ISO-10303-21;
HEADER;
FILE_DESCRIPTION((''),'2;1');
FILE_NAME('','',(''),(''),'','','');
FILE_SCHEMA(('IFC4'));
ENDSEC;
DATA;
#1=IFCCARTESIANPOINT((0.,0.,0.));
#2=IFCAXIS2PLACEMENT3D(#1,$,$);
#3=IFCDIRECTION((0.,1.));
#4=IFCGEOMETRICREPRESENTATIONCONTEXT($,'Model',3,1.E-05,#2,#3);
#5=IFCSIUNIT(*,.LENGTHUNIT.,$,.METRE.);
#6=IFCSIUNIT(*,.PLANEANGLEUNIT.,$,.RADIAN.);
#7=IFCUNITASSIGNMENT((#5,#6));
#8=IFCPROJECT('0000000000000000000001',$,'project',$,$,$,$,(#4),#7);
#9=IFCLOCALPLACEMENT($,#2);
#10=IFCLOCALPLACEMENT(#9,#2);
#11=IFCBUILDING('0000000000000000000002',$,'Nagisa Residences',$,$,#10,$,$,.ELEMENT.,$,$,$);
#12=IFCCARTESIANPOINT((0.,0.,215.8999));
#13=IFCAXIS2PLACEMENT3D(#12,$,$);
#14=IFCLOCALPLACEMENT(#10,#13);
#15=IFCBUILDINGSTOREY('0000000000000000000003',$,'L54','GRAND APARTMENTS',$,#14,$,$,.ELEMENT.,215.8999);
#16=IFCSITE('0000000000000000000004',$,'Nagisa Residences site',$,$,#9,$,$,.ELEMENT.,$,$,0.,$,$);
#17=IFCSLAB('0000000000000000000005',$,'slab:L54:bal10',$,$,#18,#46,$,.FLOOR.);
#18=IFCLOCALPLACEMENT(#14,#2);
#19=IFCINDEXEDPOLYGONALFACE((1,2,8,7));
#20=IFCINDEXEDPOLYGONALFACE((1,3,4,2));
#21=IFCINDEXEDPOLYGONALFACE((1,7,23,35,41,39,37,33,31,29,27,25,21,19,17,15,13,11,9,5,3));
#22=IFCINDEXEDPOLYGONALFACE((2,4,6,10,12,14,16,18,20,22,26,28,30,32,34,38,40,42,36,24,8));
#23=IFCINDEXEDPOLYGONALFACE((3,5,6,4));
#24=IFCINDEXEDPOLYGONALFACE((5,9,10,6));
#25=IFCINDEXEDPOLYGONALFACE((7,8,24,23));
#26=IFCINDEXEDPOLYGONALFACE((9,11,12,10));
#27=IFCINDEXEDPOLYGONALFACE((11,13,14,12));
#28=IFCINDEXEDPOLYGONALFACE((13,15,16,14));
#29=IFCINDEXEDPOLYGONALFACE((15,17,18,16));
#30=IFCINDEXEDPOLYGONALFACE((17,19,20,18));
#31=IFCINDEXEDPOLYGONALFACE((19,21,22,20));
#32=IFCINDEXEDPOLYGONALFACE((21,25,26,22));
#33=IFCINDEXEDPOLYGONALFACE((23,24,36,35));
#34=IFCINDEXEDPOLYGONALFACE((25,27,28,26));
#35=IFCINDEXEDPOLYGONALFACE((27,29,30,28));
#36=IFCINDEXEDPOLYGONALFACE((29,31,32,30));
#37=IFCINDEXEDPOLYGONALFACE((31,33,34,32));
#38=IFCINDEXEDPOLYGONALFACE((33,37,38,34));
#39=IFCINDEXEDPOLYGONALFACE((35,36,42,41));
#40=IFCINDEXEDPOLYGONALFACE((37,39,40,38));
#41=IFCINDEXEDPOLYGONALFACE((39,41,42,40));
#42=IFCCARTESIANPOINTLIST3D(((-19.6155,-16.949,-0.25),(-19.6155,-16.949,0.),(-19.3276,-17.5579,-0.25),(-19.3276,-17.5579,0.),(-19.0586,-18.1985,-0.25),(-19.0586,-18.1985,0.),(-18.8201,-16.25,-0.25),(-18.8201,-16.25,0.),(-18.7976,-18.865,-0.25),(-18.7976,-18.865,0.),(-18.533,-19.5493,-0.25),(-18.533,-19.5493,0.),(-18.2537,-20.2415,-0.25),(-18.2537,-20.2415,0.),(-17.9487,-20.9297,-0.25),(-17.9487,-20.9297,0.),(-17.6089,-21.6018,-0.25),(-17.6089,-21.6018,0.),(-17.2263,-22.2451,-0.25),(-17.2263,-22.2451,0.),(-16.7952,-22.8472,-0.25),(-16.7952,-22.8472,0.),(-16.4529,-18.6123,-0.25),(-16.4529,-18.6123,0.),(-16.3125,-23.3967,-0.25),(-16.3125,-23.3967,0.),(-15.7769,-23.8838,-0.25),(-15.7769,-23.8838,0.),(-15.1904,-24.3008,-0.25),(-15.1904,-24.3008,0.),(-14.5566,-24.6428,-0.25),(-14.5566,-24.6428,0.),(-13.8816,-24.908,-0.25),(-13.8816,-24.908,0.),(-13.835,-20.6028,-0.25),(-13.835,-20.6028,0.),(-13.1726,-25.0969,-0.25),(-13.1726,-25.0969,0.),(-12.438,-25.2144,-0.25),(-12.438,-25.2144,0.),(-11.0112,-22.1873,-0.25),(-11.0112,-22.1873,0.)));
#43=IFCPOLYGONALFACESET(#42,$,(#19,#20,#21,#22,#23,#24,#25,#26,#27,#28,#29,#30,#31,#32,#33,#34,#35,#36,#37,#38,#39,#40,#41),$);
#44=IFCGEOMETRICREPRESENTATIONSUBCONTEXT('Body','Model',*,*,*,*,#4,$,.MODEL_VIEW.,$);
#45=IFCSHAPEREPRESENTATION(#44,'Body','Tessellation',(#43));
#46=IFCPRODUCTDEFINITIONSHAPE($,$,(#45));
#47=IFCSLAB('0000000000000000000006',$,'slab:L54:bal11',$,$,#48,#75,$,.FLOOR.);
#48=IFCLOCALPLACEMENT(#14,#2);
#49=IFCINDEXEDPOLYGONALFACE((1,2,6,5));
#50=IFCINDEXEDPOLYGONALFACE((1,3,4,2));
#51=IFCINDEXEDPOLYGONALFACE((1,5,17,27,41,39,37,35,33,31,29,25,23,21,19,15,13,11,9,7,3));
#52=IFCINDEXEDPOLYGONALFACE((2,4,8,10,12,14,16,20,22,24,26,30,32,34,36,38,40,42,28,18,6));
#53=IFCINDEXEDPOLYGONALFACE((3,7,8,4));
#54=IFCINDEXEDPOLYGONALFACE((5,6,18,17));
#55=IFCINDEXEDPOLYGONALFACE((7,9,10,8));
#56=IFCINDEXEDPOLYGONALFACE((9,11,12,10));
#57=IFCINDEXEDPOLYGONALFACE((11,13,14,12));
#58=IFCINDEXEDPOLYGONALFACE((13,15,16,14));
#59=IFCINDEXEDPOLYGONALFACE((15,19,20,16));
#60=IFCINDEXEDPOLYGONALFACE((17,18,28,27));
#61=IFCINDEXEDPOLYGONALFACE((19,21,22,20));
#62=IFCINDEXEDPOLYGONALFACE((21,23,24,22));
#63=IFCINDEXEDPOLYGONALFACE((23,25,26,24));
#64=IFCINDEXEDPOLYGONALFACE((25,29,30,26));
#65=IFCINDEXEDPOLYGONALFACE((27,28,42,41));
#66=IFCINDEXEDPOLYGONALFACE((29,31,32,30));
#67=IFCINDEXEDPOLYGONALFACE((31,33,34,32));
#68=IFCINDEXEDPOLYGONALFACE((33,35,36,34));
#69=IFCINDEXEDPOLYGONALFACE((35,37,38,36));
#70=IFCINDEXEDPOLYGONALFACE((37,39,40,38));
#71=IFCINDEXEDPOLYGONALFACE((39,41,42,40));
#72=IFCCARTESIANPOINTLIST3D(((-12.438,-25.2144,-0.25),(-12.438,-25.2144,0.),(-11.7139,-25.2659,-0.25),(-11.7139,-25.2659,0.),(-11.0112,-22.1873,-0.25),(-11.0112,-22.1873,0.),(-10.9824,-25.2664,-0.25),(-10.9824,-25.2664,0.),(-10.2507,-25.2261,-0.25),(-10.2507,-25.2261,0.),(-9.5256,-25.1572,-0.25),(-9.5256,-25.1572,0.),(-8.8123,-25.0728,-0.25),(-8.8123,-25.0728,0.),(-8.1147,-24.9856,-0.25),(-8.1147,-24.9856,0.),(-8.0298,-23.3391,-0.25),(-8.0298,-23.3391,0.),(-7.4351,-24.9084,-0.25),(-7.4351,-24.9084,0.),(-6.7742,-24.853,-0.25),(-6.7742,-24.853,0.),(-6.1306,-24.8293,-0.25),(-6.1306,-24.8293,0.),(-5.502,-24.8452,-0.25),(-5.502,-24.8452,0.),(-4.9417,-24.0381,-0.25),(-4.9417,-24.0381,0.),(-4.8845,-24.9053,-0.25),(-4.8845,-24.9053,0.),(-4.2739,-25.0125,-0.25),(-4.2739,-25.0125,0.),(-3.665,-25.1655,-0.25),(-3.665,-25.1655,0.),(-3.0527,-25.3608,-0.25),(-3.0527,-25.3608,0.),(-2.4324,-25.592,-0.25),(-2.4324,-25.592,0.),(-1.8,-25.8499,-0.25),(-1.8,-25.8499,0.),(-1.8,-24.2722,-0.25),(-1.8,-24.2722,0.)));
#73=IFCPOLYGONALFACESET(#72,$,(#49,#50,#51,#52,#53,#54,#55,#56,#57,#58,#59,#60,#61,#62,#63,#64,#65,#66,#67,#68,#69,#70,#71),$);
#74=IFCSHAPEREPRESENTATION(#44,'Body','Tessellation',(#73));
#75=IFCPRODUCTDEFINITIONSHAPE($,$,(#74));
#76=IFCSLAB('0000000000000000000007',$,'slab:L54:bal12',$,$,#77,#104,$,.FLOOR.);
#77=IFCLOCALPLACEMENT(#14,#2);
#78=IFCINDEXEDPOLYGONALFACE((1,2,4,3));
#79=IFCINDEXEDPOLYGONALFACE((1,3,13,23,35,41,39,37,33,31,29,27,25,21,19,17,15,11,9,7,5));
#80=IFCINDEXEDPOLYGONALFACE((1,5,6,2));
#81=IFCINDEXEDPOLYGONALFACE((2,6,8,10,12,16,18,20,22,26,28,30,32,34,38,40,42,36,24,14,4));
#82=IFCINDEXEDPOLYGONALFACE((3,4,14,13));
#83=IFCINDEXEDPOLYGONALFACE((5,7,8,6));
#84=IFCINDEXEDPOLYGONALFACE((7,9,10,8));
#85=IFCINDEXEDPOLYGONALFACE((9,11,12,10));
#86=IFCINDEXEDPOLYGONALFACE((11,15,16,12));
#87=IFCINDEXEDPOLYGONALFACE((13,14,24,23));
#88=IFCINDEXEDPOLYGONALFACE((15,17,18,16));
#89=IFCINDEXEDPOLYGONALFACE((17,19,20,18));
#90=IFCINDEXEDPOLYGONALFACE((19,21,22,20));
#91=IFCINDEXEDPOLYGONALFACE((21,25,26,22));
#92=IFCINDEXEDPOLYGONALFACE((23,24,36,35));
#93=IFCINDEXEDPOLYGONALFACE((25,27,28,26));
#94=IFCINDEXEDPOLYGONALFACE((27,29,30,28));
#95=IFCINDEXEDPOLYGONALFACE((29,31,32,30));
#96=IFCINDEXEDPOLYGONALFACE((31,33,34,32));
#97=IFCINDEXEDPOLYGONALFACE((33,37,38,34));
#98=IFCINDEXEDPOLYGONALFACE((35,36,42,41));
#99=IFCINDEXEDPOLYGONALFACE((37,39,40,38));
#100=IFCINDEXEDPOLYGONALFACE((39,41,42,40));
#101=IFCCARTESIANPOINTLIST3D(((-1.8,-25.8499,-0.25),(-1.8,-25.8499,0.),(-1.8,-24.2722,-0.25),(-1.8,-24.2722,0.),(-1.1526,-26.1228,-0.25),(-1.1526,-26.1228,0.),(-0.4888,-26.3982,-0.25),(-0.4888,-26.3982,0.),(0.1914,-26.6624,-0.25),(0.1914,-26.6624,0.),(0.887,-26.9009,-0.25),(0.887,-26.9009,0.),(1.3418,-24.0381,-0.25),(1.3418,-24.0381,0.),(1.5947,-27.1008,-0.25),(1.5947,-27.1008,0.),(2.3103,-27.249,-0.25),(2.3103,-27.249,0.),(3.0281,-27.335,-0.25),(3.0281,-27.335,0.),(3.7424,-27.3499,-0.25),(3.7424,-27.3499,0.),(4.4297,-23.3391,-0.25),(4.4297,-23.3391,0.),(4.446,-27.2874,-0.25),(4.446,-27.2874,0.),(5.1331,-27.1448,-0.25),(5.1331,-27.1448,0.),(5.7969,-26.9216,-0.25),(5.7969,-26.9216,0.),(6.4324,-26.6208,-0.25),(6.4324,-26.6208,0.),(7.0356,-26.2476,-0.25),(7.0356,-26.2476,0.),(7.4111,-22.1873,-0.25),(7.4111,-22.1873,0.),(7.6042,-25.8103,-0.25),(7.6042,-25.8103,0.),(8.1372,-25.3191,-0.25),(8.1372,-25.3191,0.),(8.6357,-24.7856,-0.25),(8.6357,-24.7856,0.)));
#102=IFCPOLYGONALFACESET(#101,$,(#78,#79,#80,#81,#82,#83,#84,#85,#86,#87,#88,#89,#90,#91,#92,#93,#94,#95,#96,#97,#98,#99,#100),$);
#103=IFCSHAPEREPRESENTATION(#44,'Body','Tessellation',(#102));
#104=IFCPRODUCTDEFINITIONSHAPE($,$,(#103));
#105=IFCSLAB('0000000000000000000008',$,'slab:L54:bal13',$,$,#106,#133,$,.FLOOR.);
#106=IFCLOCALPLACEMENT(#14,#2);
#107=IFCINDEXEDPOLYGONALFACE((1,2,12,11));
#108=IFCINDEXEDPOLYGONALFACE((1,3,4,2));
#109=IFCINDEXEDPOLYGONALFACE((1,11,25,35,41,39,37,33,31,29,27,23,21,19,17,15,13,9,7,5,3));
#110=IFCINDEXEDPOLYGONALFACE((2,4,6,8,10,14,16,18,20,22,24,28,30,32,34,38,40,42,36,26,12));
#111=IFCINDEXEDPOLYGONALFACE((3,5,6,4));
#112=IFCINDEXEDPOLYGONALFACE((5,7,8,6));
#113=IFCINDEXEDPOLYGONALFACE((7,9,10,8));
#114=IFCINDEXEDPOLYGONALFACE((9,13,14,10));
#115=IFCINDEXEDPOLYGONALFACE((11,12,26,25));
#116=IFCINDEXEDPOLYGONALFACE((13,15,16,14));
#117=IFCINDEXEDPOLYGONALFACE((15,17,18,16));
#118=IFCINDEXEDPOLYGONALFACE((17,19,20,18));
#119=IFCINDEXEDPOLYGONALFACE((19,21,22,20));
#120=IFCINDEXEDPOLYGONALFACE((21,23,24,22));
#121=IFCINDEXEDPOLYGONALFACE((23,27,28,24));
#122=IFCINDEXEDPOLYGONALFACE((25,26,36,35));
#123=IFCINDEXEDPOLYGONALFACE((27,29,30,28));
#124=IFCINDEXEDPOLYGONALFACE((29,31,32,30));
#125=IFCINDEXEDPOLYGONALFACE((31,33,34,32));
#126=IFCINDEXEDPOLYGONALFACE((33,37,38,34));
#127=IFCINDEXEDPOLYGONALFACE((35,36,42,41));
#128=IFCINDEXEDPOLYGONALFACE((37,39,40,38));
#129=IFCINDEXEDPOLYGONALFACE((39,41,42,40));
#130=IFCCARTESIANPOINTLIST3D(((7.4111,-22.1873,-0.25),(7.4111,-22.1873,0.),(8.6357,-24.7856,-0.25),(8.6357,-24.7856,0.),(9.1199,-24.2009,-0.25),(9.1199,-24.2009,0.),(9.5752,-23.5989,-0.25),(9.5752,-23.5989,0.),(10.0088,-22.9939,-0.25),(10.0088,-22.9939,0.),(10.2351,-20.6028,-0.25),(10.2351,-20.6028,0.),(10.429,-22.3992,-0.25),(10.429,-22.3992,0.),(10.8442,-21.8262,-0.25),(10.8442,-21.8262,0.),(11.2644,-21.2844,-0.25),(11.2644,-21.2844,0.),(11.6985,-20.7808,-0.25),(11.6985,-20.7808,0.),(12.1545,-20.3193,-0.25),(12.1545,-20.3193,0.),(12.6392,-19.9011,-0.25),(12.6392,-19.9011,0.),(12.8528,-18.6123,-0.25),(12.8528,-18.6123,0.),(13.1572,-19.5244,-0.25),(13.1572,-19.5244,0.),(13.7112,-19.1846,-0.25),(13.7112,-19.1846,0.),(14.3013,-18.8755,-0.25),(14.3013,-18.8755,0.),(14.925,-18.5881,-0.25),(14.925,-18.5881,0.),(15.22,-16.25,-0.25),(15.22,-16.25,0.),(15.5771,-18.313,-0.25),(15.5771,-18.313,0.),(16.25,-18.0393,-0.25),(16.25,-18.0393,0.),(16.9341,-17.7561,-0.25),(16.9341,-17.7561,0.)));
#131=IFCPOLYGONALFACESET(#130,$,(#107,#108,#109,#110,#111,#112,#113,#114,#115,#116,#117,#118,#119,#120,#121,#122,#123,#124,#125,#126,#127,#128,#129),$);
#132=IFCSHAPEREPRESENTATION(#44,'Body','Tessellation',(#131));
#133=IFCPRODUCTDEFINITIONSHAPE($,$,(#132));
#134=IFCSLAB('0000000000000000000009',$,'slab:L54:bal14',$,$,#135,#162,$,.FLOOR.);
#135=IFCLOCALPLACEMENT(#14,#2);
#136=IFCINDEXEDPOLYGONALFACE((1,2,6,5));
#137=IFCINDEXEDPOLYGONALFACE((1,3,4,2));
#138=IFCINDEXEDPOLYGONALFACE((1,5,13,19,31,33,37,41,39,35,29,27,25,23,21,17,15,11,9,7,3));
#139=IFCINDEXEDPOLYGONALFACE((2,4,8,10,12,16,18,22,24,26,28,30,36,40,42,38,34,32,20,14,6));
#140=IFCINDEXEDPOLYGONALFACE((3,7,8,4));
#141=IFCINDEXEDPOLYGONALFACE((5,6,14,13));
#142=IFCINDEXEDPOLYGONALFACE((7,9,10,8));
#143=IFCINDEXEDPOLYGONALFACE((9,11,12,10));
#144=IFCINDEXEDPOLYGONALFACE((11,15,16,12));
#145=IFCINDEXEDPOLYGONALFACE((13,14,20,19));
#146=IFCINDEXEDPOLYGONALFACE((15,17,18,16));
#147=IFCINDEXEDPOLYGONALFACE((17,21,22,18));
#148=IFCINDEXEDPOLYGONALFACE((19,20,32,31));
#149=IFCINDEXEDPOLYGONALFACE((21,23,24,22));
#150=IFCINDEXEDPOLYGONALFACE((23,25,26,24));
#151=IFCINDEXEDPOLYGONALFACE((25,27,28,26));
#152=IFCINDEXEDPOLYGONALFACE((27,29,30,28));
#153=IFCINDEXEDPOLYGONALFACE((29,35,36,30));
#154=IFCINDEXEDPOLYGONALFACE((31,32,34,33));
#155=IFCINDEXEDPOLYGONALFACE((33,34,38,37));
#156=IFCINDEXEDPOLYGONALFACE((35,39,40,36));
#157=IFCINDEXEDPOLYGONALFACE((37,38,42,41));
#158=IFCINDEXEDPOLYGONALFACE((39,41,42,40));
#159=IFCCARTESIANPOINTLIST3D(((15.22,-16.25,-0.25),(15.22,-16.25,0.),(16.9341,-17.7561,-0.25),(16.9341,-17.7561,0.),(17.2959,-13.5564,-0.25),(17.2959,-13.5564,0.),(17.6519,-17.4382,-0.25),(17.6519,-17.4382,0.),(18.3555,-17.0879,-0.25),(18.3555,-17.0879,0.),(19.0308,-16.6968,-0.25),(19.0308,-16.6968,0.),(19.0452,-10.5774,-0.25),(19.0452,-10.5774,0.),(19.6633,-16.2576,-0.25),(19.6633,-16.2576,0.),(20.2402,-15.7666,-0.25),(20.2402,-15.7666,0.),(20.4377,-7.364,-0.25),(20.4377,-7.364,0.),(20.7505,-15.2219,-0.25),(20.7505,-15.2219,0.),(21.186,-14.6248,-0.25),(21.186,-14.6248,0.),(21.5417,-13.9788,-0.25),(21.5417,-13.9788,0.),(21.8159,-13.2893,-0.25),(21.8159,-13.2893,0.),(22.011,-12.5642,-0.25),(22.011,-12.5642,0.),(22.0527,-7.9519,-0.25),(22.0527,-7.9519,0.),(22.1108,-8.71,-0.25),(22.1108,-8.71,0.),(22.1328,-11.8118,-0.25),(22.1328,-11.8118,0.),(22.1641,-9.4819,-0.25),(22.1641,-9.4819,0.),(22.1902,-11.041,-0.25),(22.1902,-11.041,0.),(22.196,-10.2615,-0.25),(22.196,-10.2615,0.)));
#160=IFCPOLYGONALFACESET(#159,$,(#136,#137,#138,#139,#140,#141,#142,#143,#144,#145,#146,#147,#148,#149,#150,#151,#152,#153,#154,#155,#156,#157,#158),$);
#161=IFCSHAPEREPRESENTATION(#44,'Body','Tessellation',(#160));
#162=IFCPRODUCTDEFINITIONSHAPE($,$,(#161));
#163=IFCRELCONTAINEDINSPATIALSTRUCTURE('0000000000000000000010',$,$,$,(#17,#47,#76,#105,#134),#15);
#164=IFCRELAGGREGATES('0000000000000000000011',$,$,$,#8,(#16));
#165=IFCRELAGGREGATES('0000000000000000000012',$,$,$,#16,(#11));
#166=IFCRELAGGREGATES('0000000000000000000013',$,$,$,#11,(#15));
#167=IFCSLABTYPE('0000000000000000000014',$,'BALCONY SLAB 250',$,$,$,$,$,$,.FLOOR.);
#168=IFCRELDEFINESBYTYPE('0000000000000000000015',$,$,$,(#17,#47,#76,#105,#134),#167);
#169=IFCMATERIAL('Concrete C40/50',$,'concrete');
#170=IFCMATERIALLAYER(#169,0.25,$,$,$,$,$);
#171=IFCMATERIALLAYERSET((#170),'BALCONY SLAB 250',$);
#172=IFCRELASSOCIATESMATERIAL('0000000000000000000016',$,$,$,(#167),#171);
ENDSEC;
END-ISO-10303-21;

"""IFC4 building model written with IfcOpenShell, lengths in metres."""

from ifc_helpers import new_model, si_unit, direction, frame, origin, place, context, subcontext, project, spatial, polyline, outline, extrude, material, layer, layer_set, type_object, element, save


model = new_model("IFC4")

# Units and contexts
model_context = context("Model", 3, precision=1e-05, world=origin(), true_north=direction((0.0, 1.0)))
body_context = subcontext(model_context, "Body", "Model", "MODEL_VIEW")
ifc_project = project(units=[si_unit("LENGTHUNIT", "METRE"), si_unit("PLANEANGLEUNIT", "RADIAN")], contexts=[model_context])

# Site, building, storey
site_placement = place(None, origin())
site = spatial("IfcSite", under=ifc_project, at=site_placement, Name="Nagisa Residences site", CompositionType="ELEMENT", RefElevation=0.0)
building_placement = place(site_placement, origin())
building = spatial("IfcBuilding", under=site, at=building_placement, Name="Nagisa Residences", CompositionType="ELEMENT")
storey_placement = place(building_placement, frame((0.0, 0.0, 215.8999)))
storey = spatial("IfcBuildingStorey", under=building, at=storey_placement, Name="L54", Description="GRAND APARTMENTS", CompositionType="ELEMENT", Elevation=215.8999)

# Slabs
ifc_material_1 = material(Name="Concrete C40/50", Category="concrete")
ifc_layer_1 = layer(ifc_material_1, 0.25)
ifc_layer_set_1 = layer_set([ifc_layer_1], Name="BALCONY SLAB 250")
slab_type = type_object("IfcSlabType", Name="BALCONY SLAB 250", PredefinedType="FLOOR", material=ifc_layer_set_1)
slab_1_placement = place(storey_placement, frame((0.0, 0.0, -0.25)))
element("IfcSlab", 1, at=slab_1_placement, inside=storey, type_object=slab_type, Name="slab:L54:bal10", PredefinedType="FLOOR", context=body_context, shape_type="SweptSolid", body=[
    extrude(outline(polyline([(-19.6155, -16.949), (-19.3276, -17.5579), (-19.0586, -18.1985), (-18.7976, -18.865), (-18.533, -19.5493), (-18.2537, -20.2415), (-17.9487, -20.9297), (-17.6089, -21.6018), (-17.2263, -22.2451), (-16.7952, -22.8472), (-16.3125, -23.3967), (-15.7769, -23.8838), (-15.1904, -24.3008), (-14.5566, -24.6428), (-13.8816, -24.908), (-13.1726, -25.0969), (-12.438, -25.2144), (-11.0112, -22.1873), (-13.835, -20.6028), (-16.4529, -18.6123), (-18.8201, -16.25), (-19.6155, -16.949)])), origin(), (0.0, 0.0, 1.0), 0.25),
])
slab_2_placement = place(storey_placement, frame((0.0, 0.0, -0.25)))
element("IfcSlab", 2, at=slab_2_placement, inside=storey, type_object=slab_type, Name="slab:L54:bal11", PredefinedType="FLOOR", context=body_context, shape_type="SweptSolid", body=[
    extrude(outline(polyline([(-12.438, -25.2144), (-11.7139, -25.2659), (-10.9824, -25.2664), (-10.2507, -25.2261), (-9.5256, -25.1572), (-8.8123, -25.0728), (-8.1147, -24.9856), (-7.4351, -24.9084), (-6.7742, -24.853), (-6.1306, -24.8293), (-5.502, -24.8452), (-4.8845, -24.9053), (-4.2739, -25.0125), (-3.665, -25.1655), (-3.0527, -25.3608), (-2.4324, -25.592), (-1.8, -25.8499), (-1.8, -24.2722), (-4.9417, -24.0381), (-8.0298, -23.3391), (-11.0112, -22.1873), (-12.438, -25.2144)])), origin(), (0.0, 0.0, 1.0), 0.25),
])
slab_3_placement = place(storey_placement, frame((0.0, 0.0, -0.25)))
element("IfcSlab", 3, at=slab_3_placement, inside=storey, type_object=slab_type, Name="slab:L54:bal12", PredefinedType="FLOOR", context=body_context, shape_type="SweptSolid", body=[
    extrude(outline(polyline([(-1.8, -25.8499), (-1.1526, -26.1228), (-0.4888, -26.3982), (0.1914, -26.6624), (0.887, -26.9009), (1.5947, -27.1008), (2.3103, -27.249), (3.0281, -27.335), (3.7424, -27.3499), (4.446, -27.2874), (5.1331, -27.1448), (5.7969, -26.9216), (6.4324, -26.6208), (7.0356, -26.2476), (7.6042, -25.8103), (8.1372, -25.3191), (8.6357, -24.7856), (7.4111, -22.1873), (4.4297, -23.3391), (1.3418, -24.0381), (-1.8, -24.2722), (-1.8, -25.8499)])), origin(), (0.0, 0.0, 1.0), 0.25),
])
slab_4_placement = place(storey_placement, frame((0.0, 0.0, -0.25)))
element("IfcSlab", 4, at=slab_4_placement, inside=storey, type_object=slab_type, Name="slab:L54:bal13", PredefinedType="FLOOR", context=body_context, shape_type="SweptSolid", body=[
    extrude(outline(polyline([(8.6357, -24.7856), (9.1199, -24.2009), (9.5752, -23.5989), (10.0088, -22.9939), (10.429, -22.3992), (10.8442, -21.8262), (11.2644, -21.2844), (11.6985, -20.7808), (12.1545, -20.3193), (12.6392, -19.9011), (13.1572, -19.5244), (13.7112, -19.1846), (14.3013, -18.8755), (14.925, -18.5881), (15.5771, -18.313), (16.25, -18.0393), (16.9341, -17.7561), (15.22, -16.25), (12.8528, -18.6123), (10.2351, -20.6028), (7.4111, -22.1873), (8.6357, -24.7856)])), origin(), (0.0, 0.0, 1.0), 0.25),
])
slab_5_placement = place(storey_placement, frame((0.0, 0.0, -0.25)))
element("IfcSlab", 5, at=slab_5_placement, inside=storey, type_object=slab_type, Name="slab:L54:bal14", PredefinedType="FLOOR", context=body_context, shape_type="SweptSolid", body=[
    extrude(outline(polyline([(16.9341, -17.7561), (17.6519, -17.4382), (18.3555, -17.0879), (19.0308, -16.6968), (19.6633, -16.2576), (20.2402, -15.7666), (20.7505, -15.2219), (21.186, -14.6248), (21.5417, -13.9788), (21.8159, -13.2893), (22.011, -12.5642), (22.1328, -11.8118), (22.1902, -11.041), (22.196, -10.2615), (22.1641, -9.4819), (22.1108, -8.71), (22.0527, -7.9519), (20.4377, -7.364), (19.0452, -10.5774), (17.2959, -13.5564), (15.22, -16.25), (16.9341, -17.7561)])), origin(), (0.0, 0.0, 1.0), 0.25),
])

save(model, "model.ifc")
